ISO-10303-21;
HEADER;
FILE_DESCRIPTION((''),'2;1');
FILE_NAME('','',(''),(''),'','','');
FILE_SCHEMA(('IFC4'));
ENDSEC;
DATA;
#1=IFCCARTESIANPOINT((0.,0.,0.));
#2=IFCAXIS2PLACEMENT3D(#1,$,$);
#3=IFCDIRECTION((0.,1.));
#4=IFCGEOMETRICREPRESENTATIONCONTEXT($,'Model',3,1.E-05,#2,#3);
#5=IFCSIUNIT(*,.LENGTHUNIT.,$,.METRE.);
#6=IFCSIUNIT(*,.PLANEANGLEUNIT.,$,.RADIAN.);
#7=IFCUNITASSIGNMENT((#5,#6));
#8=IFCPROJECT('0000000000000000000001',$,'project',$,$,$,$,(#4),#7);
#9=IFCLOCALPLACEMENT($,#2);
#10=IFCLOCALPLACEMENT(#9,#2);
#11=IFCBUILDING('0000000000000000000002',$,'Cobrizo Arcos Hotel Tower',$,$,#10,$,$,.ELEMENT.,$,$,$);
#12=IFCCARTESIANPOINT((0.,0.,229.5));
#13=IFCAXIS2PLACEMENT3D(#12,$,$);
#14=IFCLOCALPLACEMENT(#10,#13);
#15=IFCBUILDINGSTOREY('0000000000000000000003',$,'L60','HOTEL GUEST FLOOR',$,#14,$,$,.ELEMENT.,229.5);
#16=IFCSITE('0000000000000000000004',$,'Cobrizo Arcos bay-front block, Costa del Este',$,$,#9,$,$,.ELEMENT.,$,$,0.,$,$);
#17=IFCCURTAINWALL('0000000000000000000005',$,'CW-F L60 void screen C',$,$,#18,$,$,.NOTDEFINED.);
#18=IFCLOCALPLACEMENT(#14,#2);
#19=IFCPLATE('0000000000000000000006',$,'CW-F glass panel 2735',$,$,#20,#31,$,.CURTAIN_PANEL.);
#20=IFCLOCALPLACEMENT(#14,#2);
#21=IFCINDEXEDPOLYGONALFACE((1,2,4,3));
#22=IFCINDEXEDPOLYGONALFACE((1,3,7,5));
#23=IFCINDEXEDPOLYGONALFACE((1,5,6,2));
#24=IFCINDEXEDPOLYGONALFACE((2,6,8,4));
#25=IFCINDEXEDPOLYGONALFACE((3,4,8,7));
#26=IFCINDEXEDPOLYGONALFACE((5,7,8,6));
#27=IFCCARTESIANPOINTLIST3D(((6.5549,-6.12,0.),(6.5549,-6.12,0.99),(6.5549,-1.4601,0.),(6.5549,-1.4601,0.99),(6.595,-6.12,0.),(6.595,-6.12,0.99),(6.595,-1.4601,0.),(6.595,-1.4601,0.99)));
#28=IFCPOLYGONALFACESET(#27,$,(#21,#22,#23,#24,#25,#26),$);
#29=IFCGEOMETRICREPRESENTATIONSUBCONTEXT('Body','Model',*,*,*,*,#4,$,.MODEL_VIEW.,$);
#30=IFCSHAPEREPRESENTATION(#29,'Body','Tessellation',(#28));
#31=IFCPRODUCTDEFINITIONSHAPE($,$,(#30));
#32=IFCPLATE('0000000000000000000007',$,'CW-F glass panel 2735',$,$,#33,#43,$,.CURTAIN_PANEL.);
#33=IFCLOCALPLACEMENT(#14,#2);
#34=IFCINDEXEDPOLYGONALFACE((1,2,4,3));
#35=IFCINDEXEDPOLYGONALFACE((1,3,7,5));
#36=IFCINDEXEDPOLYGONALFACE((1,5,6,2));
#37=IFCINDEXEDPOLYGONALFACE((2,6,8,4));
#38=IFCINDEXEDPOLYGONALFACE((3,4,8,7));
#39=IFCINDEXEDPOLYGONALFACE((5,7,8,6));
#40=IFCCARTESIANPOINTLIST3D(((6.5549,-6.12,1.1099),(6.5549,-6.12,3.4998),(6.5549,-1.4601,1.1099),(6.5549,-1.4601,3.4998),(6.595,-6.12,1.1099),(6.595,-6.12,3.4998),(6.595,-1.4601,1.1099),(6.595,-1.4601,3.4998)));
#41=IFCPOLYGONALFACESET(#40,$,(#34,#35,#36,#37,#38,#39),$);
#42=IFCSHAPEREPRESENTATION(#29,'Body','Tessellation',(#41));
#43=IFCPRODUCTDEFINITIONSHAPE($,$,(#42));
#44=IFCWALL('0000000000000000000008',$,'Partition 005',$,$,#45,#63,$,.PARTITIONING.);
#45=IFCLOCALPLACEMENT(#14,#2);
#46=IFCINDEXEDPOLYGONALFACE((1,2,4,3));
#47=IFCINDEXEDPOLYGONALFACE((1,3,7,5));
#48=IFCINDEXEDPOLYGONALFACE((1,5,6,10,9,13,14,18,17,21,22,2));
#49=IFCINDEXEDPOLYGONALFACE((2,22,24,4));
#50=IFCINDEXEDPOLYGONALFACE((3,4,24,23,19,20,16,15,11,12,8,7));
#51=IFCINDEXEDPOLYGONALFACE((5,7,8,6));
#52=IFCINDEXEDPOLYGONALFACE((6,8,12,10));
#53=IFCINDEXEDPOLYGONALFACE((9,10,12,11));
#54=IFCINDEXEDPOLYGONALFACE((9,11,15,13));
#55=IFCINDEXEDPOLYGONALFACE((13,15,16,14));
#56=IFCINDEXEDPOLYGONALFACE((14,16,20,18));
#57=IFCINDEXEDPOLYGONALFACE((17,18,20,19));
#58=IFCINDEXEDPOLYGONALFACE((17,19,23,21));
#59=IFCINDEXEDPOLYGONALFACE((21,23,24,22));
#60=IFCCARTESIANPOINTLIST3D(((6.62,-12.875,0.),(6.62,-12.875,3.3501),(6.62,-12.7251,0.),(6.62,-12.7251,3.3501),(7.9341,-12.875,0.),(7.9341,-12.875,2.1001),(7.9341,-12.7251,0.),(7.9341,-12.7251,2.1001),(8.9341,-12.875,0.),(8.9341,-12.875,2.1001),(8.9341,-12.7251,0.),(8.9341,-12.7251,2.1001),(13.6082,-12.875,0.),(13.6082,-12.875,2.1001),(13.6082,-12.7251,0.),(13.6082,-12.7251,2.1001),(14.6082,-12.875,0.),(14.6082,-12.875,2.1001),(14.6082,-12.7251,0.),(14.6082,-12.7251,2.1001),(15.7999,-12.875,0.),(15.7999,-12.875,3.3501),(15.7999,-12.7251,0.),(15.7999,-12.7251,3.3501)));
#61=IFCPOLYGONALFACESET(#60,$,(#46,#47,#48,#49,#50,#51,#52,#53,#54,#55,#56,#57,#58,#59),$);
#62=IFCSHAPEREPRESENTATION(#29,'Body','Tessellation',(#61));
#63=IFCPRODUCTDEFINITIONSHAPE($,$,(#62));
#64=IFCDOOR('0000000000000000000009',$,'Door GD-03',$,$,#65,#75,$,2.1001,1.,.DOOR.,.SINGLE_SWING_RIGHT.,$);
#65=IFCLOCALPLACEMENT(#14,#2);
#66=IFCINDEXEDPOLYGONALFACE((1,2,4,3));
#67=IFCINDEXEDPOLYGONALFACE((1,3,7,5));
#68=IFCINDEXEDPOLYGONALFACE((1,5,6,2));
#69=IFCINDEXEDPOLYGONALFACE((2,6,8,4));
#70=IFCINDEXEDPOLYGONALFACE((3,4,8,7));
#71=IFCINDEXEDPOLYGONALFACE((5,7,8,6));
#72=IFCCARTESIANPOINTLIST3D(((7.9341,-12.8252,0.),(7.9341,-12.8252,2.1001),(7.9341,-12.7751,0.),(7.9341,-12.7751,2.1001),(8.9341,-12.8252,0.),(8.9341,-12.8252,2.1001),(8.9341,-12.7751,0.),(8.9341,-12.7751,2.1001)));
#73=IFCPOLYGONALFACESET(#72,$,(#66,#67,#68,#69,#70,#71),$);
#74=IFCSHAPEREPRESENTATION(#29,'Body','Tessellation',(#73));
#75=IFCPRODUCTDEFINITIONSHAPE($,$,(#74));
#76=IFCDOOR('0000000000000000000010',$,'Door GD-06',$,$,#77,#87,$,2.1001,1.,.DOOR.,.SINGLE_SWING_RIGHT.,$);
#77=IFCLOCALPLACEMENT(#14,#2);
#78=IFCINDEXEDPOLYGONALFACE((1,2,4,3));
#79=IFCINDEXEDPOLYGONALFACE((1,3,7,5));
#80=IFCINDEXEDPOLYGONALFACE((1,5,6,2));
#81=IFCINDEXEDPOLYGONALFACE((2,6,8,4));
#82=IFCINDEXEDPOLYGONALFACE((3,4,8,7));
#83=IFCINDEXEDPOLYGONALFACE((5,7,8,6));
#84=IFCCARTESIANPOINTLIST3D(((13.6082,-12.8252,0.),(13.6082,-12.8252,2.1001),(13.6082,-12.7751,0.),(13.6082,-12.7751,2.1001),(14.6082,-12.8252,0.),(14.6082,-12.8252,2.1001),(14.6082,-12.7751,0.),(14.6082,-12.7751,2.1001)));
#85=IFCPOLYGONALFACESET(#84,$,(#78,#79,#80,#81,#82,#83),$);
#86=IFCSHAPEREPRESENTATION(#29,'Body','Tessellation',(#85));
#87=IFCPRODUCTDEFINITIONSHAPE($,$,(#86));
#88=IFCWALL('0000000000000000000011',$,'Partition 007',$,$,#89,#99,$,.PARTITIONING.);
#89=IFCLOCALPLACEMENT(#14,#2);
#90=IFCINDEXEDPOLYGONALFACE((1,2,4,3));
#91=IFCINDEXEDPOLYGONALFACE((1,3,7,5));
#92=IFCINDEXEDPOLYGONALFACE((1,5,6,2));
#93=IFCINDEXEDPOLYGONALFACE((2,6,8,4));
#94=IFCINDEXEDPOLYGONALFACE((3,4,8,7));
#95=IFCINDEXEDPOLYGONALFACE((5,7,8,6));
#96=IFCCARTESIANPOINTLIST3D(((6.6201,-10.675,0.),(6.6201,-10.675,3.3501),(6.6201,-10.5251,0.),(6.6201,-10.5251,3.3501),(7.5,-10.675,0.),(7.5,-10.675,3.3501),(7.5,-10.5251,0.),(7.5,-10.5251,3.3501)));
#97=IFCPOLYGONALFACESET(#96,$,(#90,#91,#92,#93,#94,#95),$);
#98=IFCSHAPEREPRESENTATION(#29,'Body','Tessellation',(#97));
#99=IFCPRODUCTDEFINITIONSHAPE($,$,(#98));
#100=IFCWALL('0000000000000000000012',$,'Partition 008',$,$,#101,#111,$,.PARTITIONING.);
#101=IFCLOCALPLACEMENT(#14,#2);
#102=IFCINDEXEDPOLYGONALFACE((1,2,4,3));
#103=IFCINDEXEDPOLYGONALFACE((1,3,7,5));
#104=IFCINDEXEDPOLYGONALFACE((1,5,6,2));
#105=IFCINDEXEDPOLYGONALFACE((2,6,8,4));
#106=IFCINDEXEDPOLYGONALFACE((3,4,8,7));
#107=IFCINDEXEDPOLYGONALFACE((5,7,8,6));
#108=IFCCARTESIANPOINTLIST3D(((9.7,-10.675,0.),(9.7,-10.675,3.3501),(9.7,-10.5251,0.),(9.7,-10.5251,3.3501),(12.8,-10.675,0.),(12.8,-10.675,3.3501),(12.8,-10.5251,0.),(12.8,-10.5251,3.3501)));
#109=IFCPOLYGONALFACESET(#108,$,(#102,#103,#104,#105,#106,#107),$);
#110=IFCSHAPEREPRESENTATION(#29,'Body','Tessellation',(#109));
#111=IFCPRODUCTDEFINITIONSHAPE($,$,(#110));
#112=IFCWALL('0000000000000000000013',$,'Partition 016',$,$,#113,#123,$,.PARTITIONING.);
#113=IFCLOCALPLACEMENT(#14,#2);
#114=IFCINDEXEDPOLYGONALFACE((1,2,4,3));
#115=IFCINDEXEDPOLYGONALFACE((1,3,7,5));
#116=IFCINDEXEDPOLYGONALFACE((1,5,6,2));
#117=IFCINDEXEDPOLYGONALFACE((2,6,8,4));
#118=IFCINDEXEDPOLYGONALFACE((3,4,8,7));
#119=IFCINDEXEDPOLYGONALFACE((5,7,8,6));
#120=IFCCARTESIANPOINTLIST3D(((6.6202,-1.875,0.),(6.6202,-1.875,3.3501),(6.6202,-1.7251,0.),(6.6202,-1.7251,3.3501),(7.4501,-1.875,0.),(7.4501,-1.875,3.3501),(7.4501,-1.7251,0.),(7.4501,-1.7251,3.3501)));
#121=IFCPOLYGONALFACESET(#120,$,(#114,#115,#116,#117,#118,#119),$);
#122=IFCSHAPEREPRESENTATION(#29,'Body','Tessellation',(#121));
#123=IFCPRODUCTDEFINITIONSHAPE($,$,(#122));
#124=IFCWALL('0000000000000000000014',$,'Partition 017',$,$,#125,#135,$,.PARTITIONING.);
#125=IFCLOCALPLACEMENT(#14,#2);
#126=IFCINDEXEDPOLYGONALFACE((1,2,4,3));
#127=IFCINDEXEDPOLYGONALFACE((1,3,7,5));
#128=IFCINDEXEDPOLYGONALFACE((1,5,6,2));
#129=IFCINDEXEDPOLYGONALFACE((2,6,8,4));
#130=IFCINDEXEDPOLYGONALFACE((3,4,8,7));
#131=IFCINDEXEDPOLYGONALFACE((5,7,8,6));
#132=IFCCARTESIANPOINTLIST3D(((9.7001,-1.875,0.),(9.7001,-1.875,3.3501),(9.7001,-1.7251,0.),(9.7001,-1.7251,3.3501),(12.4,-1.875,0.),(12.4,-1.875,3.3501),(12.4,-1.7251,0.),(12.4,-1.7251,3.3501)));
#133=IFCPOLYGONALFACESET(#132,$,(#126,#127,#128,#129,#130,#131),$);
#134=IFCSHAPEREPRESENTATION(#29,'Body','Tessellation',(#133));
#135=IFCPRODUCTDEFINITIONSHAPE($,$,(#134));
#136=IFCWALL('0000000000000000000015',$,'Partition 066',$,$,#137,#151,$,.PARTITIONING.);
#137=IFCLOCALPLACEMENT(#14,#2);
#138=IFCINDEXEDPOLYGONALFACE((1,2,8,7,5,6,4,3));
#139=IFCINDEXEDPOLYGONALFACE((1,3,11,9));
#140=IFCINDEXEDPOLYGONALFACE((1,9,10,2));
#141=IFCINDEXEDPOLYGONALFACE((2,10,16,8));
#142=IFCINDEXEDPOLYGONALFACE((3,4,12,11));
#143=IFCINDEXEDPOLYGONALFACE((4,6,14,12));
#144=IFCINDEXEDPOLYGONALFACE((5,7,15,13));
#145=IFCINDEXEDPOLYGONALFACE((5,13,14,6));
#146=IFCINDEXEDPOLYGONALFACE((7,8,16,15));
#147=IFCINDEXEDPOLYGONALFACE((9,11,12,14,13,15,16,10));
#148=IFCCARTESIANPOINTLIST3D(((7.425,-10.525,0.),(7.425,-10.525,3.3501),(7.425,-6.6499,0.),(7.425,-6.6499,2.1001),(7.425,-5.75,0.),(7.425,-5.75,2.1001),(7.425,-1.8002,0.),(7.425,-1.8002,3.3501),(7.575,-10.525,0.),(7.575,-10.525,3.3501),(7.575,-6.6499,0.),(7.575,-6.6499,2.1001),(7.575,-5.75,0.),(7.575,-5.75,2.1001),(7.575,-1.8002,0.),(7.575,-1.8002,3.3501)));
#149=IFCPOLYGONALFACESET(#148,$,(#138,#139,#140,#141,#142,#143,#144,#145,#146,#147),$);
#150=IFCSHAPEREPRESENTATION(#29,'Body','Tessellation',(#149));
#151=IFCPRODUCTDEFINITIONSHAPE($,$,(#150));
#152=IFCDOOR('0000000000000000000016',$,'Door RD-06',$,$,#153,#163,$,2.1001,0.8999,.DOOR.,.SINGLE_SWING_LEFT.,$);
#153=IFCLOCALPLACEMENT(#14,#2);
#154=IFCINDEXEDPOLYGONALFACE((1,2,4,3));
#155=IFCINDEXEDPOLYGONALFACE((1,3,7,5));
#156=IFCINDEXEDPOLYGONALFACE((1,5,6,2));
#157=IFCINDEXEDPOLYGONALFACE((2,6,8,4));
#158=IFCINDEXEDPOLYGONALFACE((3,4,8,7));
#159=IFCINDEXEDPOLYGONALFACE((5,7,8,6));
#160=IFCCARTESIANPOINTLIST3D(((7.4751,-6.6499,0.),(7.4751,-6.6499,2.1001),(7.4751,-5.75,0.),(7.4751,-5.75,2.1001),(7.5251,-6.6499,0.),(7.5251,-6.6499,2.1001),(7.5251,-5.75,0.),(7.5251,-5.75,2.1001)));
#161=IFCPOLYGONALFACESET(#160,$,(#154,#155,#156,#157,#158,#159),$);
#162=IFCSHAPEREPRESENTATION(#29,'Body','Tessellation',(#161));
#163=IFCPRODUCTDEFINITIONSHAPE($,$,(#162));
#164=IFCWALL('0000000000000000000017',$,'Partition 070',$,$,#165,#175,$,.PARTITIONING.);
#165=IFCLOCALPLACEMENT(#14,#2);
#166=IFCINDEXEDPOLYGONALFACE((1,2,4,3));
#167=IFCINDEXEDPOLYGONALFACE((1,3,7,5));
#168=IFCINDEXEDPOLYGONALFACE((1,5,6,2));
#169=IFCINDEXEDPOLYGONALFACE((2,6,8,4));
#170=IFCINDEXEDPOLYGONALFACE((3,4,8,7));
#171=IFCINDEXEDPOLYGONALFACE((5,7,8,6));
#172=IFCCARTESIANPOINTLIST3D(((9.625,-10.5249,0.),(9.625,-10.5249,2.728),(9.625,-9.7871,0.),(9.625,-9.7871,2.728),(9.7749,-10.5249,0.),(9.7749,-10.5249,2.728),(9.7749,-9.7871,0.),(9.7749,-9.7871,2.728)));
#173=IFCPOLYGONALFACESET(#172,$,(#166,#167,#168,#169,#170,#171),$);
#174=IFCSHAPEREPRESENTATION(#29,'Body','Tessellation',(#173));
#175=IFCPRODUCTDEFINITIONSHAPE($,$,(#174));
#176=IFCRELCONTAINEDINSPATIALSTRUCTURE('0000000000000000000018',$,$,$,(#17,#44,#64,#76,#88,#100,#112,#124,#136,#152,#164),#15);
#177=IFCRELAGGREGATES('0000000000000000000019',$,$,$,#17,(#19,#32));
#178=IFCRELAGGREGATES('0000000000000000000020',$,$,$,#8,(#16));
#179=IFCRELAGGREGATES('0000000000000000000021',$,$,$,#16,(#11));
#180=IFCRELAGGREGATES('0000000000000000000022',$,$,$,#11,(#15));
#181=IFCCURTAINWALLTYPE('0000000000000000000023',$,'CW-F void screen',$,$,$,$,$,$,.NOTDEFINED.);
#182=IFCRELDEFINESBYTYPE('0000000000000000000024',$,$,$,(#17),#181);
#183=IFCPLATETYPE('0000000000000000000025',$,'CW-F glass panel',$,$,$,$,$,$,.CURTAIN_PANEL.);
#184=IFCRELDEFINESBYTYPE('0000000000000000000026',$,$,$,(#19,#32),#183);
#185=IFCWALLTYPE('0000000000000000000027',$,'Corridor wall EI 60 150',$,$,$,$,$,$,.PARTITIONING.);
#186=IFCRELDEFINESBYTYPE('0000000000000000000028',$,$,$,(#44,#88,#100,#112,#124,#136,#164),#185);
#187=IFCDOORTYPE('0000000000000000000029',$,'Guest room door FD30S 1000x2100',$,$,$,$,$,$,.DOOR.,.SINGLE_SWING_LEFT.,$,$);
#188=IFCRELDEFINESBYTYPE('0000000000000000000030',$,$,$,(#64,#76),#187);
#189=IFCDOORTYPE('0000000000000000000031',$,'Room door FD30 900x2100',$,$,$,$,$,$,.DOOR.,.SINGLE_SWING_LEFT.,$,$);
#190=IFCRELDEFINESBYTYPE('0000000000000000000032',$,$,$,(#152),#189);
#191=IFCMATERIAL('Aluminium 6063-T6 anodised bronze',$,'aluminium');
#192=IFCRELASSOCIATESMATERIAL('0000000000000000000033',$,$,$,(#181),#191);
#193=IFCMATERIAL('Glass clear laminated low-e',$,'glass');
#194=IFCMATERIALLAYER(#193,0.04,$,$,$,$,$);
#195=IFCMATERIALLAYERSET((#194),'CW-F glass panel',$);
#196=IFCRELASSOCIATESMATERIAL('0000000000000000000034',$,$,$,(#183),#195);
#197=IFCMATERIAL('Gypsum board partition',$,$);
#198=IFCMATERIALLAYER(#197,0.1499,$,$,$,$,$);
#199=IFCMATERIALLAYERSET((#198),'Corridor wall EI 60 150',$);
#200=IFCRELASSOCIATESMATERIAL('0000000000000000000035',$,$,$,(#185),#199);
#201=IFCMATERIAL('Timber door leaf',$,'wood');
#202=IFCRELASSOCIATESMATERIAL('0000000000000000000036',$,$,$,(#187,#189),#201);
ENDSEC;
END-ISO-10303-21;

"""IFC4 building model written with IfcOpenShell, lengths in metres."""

from ifc_helpers import new_model, si_unit, direction, frame, frame_2d, origin, origin_2d, place, context, subcontext, project, spatial, rectangle, extrude, material, layer, layer_set, type_object, element, fill, aggregate, save


model = new_model("IFC4")

# Units and contexts
model_context = context("Model", 3, precision=1e-05, world=origin(), true_north=direction((0.0, 1.0)))
body_context = subcontext(model_context, "Body", "Model", "MODEL_VIEW")
ifc_project = project(units=[si_unit("LENGTHUNIT", "METRE"), si_unit("PLANEANGLEUNIT", "RADIAN")], contexts=[model_context])

# Site, building, storey
site_placement = place(None, origin())
site = spatial("IfcSite", under=ifc_project, at=site_placement, Name="Cobrizo Arcos bay-front block, Costa del Este", CompositionType="ELEMENT", RefElevation=0.0)
building_placement = place(site_placement, origin())
building = spatial("IfcBuilding", under=site, at=building_placement, Name="Cobrizo Arcos Hotel Tower", CompositionType="ELEMENT")
storey_placement = place(building_placement, frame((0.0, 0.0, 229.5)))
storey = spatial("IfcBuildingStorey", under=building, at=storey_placement, Name="L60", Description="HOTEL GUEST FLOOR", CompositionType="ELEMENT", Elevation=229.5)

# Curtain wall
ifc_material_1 = material(Name="Aluminium 6063-T6 anodised bronze", Category="aluminium")
curtain_wall_type = type_object("IfcCurtainWallType", Name="CW-F void screen", PredefinedType="NOTDEFINED", material=ifc_material_1)
curtain_wall_placement = place(storey_placement, origin())
curtain_wall = element("IfcCurtainWall", 1, at=curtain_wall_placement, inside=storey, type_object=curtain_wall_type, Name="CW-F L60 void screen C", PredefinedType="NOTDEFINED")

# Plates
ifc_material_2 = material(Name="Glass clear laminated low-e", Category="glass")
ifc_layer_1 = layer(ifc_material_2, 0.04)
ifc_layer_set_1 = layer_set([ifc_layer_1], Name="CW-F glass panel")
plate_type = type_object("IfcPlateType", Name="CW-F glass panel", PredefinedType="CURTAIN_PANEL", material=ifc_layer_set_1)
plate_1_placement = place(storey_placement, frame((6.575, -3.79, 0.0), z_axis=(0.0, 0.0, 1.0), x_axis=(0.0, 1.0, 0.0)))
plate_1 = element("IfcPlate", 2, at=plate_1_placement, type_object=plate_type, Name="CW-F glass panel 2735", PredefinedType="CURTAIN_PANEL", context=body_context, shape_type="SweptSolid", body=[
    extrude(rectangle(XDim=4.6599, YDim=0.04, at=origin_2d()), origin(), (0.0, 0.0, 1.0), 0.99),
])
plate_2_placement = place(storey_placement, frame((6.575, -3.79, 1.1099), z_axis=(0.0, 0.0, 1.0), x_axis=(0.0, 1.0, 0.0)))
plate_2 = element("IfcPlate", 3, at=plate_2_placement, type_object=plate_type, Name="CW-F glass panel 2735", PredefinedType="CURTAIN_PANEL", context=body_context, shape_type="SweptSolid", body=[
    extrude(rectangle(XDim=4.6599, YDim=0.04, at=origin_2d()), origin(), (0.0, 0.0, 1.0), 2.3899),
])
aggregate(curtain_wall, [plate_1, plate_2])

# Wall, openings, doors
ifc_material_3 = material(Name="Gypsum board partition")
ifc_layer_2 = layer(ifc_material_3, 0.1499)
ifc_layer_set_2 = layer_set([ifc_layer_2], Name="Corridor wall EI 60 150")
wall_type_1 = type_object("IfcWallType", Name="Corridor wall EI 60 150", PredefinedType="PARTITIONING", material=ifc_layer_set_2)
wall_1_placement = place(storey_placement, frame((6.6201, -12.8, 0.0), z_axis=(0.0, 0.0, 1.0), x_axis=(1.0, 0.0, 0.0)))
wall_1 = element("IfcWall", 4, at=wall_1_placement, inside=storey, type_object=wall_type_1, Name="Partition 005", PredefinedType="PARTITIONING", context=body_context, shape_type="SweptSolid", body=[
    extrude(rectangle(XDim=9.1799, YDim=0.1499, at=frame_2d((4.5898, 0.0))), origin(), (0.0, 0.0, 1.0), 3.3501),
])
opening_1_placement = place(wall_1_placement, frame((1.314, 0.0, 0.0)))
opening_1 = element("IfcOpeningElement", 5, at=opening_1_placement, cuts=wall_1, PredefinedType="OPENING", context=body_context, shape_type="SweptSolid", body=[
    extrude(rectangle(XDim=1.0, YDim=2.1001, at=frame_2d((0.5, 1.05))), frame((0.0, 0.0869, 0.0), z_axis=(0.0, -1.0, 0.0), x_axis=(1.0, 0.0, 0.0)), (0.0, 0.0, 1.0), 0.1738),
])
opening_2_placement = place(wall_1_placement, frame((6.988, 0.0, 0.0)))
opening_2 = element("IfcOpeningElement", 6, at=opening_2_placement, cuts=wall_1, PredefinedType="OPENING", context=body_context, shape_type="SweptSolid", body=[
    extrude(rectangle(XDim=1.0, YDim=2.1001, at=frame_2d((0.5, 1.05))), frame((0.0, 0.0869, 0.0), z_axis=(0.0, -1.0, 0.0), x_axis=(1.0, 0.0, 0.0)), (0.0, 0.0, 1.0), 0.1738),
])
ifc_material_4 = material(Name="Timber door leaf", Category="wood")
door_type_1 = type_object("IfcDoorType", Name="Guest room door FD30S 1000x2100", OperationType="SINGLE_SWING_LEFT", PredefinedType="DOOR", material=ifc_material_4)
door_1_placement = place(opening_1_placement, origin())
door_1 = element("IfcDoor", 7, at=door_1_placement, inside=storey, type_object=door_type_1, Name="Door GD-03", OperationType="SINGLE_SWING_RIGHT", OverallHeight=2.1001, OverallWidth=1.0, PredefinedType="DOOR", context=body_context, shape_type="SweptSolid", body=[
    extrude(rectangle(XDim=1.0, YDim=2.1001, at=frame_2d((0.5, 1.05))), frame((0.0, 0.0249, 0.0), z_axis=(0.0, -1.0, 0.0), x_axis=(1.0, 0.0, 0.0)), (0.0, 0.0, 1.0), 0.05),
])
fill(opening_1, door_1)
door_2_placement = place(opening_2_placement, origin())
door_2 = element("IfcDoor", 8, at=door_2_placement, inside=storey, type_object=door_type_1, Name="Door GD-06", OperationType="SINGLE_SWING_RIGHT", OverallHeight=2.1001, OverallWidth=1.0, PredefinedType="DOOR", context=body_context, shape_type="SweptSolid", body=[
    extrude(rectangle(XDim=1.0, YDim=2.1001, at=frame_2d((0.5, 1.05))), frame((0.0, 0.0249, 0.0), z_axis=(0.0, -1.0, 0.0), x_axis=(1.0, 0.0, 0.0)), (0.0, 0.0, 1.0), 0.05),
])
fill(opening_2, door_2)

# Walls
wall_2_placement = place(storey_placement, frame((6.6201, -10.6001, 0.0), z_axis=(0.0, 0.0, 1.0), x_axis=(1.0, 0.0, 0.0)))
element("IfcWall", 9, at=wall_2_placement, inside=storey, type_object=wall_type_1, Name="Partition 007", PredefinedType="PARTITIONING", context=body_context, shape_type="SweptSolid", body=[
    extrude(rectangle(XDim=0.8799, YDim=0.1499, at=frame_2d((0.4399, 0.0))), origin(), (0.0, 0.0, 1.0), 3.3501),
])
wall_3_placement = place(storey_placement, frame((9.7, -10.6001, 0.0), z_axis=(0.0, 0.0, 1.0), x_axis=(1.0, 0.0, 0.0)))
element("IfcWall", 10, at=wall_3_placement, inside=storey, type_object=wall_type_1, Name="Partition 008", PredefinedType="PARTITIONING", context=body_context, shape_type="SweptSolid", body=[
    extrude(rectangle(XDim=3.1001, YDim=0.1499, at=frame_2d((1.55, 0.0))), origin(), (0.0, 0.0, 1.0), 3.3501),
])
wall_4_placement = place(storey_placement, frame((6.6201, -1.8, 0.0), z_axis=(0.0, 0.0, 1.0), x_axis=(1.0, 0.0, 0.0)))
element("IfcWall", 11, at=wall_4_placement, inside=storey, type_object=wall_type_1, Name="Partition 016", PredefinedType="PARTITIONING", context=body_context, shape_type="SweptSolid", body=[
    extrude(rectangle(XDim=0.8298, YDim=0.1499, at=frame_2d((0.415, 0.0))), origin(), (0.0, 0.0, 1.0), 3.3501),
])
wall_5_placement = place(storey_placement, frame((9.7, -1.8, 0.0), z_axis=(0.0, 0.0, 1.0), x_axis=(1.0, 0.0, 0.0)))
element("IfcWall", 12, at=wall_5_placement, inside=storey, type_object=wall_type_1, Name="Partition 017", PredefinedType="PARTITIONING", context=body_context, shape_type="SweptSolid", body=[
    extrude(rectangle(XDim=2.7, YDim=0.1499, at=frame_2d((1.3501, 0.0))), origin(), (0.0, 0.0, 1.0), 3.3501),
])

# Wall, opening, door
wall_6_placement = place(storey_placement, frame((7.5, -10.5249, 0.0), z_axis=(0.0, 0.0, 1.0), x_axis=(0.0, 1.0, 0.0)))
wall_6 = element("IfcWall", 13, at=wall_6_placement, inside=storey, type_object=wall_type_1, Name="Partition 066", PredefinedType="PARTITIONING", context=body_context, shape_type="SweptSolid", body=[
    extrude(rectangle(XDim=8.7249, YDim=0.1499, at=frame_2d((4.3623, 0.0))), origin(), (0.0, 0.0, 1.0), 3.3501),
])
opening_3_placement = place(wall_6_placement, frame((3.875, 0.0, 0.0)))
opening_3 = element("IfcOpeningElement", 14, at=opening_3_placement, cuts=wall_6, PredefinedType="OPENING", context=body_context, shape_type="SweptSolid", body=[
    extrude(rectangle(XDim=0.8999, YDim=2.1001, at=frame_2d((0.45, 1.05))), frame((0.0, 0.0869, 0.0), z_axis=(0.0, -1.0, 0.0), x_axis=(1.0, 0.0, 0.0)), (0.0, 0.0, 1.0), 0.1738),
])
door_type_2 = type_object("IfcDoorType", Name="Room door FD30 900x2100", OperationType="SINGLE_SWING_LEFT", PredefinedType="DOOR", material=ifc_material_4)
door_3_placement = place(opening_3_placement, origin())
door_3 = element("IfcDoor", 15, at=door_3_placement, inside=storey, type_object=door_type_2, Name="Door RD-06", OperationType="SINGLE_SWING_LEFT", OverallHeight=2.1001, OverallWidth=0.8999, PredefinedType="DOOR", context=body_context, shape_type="SweptSolid", body=[
    extrude(rectangle(XDim=0.8999, YDim=2.1001, at=frame_2d((0.45, 1.05))), frame((0.0, 0.0249, 0.0), z_axis=(0.0, -1.0, 0.0), x_axis=(1.0, 0.0, 0.0)), (0.0, 0.0, 1.0), 0.05),
])
fill(opening_3, door_3)

# Wall
wall_7_placement = place(storey_placement, frame((9.7, -10.5249, 0.0), z_axis=(0.0, 0.0, 1.0), x_axis=(0.0, 1.0, 0.0)))
element("IfcWall", 16, at=wall_7_placement, inside=storey, type_object=wall_type_1, Name="Partition 070", PredefinedType="PARTITIONING", context=body_context, shape_type="SweptSolid", body=[
    extrude(rectangle(XDim=0.7378, YDim=0.1499, at=frame_2d((0.3689, 0.0))), origin(), (0.0, 0.0, 1.0), 2.728),
])

save(model, "model.ifc")
